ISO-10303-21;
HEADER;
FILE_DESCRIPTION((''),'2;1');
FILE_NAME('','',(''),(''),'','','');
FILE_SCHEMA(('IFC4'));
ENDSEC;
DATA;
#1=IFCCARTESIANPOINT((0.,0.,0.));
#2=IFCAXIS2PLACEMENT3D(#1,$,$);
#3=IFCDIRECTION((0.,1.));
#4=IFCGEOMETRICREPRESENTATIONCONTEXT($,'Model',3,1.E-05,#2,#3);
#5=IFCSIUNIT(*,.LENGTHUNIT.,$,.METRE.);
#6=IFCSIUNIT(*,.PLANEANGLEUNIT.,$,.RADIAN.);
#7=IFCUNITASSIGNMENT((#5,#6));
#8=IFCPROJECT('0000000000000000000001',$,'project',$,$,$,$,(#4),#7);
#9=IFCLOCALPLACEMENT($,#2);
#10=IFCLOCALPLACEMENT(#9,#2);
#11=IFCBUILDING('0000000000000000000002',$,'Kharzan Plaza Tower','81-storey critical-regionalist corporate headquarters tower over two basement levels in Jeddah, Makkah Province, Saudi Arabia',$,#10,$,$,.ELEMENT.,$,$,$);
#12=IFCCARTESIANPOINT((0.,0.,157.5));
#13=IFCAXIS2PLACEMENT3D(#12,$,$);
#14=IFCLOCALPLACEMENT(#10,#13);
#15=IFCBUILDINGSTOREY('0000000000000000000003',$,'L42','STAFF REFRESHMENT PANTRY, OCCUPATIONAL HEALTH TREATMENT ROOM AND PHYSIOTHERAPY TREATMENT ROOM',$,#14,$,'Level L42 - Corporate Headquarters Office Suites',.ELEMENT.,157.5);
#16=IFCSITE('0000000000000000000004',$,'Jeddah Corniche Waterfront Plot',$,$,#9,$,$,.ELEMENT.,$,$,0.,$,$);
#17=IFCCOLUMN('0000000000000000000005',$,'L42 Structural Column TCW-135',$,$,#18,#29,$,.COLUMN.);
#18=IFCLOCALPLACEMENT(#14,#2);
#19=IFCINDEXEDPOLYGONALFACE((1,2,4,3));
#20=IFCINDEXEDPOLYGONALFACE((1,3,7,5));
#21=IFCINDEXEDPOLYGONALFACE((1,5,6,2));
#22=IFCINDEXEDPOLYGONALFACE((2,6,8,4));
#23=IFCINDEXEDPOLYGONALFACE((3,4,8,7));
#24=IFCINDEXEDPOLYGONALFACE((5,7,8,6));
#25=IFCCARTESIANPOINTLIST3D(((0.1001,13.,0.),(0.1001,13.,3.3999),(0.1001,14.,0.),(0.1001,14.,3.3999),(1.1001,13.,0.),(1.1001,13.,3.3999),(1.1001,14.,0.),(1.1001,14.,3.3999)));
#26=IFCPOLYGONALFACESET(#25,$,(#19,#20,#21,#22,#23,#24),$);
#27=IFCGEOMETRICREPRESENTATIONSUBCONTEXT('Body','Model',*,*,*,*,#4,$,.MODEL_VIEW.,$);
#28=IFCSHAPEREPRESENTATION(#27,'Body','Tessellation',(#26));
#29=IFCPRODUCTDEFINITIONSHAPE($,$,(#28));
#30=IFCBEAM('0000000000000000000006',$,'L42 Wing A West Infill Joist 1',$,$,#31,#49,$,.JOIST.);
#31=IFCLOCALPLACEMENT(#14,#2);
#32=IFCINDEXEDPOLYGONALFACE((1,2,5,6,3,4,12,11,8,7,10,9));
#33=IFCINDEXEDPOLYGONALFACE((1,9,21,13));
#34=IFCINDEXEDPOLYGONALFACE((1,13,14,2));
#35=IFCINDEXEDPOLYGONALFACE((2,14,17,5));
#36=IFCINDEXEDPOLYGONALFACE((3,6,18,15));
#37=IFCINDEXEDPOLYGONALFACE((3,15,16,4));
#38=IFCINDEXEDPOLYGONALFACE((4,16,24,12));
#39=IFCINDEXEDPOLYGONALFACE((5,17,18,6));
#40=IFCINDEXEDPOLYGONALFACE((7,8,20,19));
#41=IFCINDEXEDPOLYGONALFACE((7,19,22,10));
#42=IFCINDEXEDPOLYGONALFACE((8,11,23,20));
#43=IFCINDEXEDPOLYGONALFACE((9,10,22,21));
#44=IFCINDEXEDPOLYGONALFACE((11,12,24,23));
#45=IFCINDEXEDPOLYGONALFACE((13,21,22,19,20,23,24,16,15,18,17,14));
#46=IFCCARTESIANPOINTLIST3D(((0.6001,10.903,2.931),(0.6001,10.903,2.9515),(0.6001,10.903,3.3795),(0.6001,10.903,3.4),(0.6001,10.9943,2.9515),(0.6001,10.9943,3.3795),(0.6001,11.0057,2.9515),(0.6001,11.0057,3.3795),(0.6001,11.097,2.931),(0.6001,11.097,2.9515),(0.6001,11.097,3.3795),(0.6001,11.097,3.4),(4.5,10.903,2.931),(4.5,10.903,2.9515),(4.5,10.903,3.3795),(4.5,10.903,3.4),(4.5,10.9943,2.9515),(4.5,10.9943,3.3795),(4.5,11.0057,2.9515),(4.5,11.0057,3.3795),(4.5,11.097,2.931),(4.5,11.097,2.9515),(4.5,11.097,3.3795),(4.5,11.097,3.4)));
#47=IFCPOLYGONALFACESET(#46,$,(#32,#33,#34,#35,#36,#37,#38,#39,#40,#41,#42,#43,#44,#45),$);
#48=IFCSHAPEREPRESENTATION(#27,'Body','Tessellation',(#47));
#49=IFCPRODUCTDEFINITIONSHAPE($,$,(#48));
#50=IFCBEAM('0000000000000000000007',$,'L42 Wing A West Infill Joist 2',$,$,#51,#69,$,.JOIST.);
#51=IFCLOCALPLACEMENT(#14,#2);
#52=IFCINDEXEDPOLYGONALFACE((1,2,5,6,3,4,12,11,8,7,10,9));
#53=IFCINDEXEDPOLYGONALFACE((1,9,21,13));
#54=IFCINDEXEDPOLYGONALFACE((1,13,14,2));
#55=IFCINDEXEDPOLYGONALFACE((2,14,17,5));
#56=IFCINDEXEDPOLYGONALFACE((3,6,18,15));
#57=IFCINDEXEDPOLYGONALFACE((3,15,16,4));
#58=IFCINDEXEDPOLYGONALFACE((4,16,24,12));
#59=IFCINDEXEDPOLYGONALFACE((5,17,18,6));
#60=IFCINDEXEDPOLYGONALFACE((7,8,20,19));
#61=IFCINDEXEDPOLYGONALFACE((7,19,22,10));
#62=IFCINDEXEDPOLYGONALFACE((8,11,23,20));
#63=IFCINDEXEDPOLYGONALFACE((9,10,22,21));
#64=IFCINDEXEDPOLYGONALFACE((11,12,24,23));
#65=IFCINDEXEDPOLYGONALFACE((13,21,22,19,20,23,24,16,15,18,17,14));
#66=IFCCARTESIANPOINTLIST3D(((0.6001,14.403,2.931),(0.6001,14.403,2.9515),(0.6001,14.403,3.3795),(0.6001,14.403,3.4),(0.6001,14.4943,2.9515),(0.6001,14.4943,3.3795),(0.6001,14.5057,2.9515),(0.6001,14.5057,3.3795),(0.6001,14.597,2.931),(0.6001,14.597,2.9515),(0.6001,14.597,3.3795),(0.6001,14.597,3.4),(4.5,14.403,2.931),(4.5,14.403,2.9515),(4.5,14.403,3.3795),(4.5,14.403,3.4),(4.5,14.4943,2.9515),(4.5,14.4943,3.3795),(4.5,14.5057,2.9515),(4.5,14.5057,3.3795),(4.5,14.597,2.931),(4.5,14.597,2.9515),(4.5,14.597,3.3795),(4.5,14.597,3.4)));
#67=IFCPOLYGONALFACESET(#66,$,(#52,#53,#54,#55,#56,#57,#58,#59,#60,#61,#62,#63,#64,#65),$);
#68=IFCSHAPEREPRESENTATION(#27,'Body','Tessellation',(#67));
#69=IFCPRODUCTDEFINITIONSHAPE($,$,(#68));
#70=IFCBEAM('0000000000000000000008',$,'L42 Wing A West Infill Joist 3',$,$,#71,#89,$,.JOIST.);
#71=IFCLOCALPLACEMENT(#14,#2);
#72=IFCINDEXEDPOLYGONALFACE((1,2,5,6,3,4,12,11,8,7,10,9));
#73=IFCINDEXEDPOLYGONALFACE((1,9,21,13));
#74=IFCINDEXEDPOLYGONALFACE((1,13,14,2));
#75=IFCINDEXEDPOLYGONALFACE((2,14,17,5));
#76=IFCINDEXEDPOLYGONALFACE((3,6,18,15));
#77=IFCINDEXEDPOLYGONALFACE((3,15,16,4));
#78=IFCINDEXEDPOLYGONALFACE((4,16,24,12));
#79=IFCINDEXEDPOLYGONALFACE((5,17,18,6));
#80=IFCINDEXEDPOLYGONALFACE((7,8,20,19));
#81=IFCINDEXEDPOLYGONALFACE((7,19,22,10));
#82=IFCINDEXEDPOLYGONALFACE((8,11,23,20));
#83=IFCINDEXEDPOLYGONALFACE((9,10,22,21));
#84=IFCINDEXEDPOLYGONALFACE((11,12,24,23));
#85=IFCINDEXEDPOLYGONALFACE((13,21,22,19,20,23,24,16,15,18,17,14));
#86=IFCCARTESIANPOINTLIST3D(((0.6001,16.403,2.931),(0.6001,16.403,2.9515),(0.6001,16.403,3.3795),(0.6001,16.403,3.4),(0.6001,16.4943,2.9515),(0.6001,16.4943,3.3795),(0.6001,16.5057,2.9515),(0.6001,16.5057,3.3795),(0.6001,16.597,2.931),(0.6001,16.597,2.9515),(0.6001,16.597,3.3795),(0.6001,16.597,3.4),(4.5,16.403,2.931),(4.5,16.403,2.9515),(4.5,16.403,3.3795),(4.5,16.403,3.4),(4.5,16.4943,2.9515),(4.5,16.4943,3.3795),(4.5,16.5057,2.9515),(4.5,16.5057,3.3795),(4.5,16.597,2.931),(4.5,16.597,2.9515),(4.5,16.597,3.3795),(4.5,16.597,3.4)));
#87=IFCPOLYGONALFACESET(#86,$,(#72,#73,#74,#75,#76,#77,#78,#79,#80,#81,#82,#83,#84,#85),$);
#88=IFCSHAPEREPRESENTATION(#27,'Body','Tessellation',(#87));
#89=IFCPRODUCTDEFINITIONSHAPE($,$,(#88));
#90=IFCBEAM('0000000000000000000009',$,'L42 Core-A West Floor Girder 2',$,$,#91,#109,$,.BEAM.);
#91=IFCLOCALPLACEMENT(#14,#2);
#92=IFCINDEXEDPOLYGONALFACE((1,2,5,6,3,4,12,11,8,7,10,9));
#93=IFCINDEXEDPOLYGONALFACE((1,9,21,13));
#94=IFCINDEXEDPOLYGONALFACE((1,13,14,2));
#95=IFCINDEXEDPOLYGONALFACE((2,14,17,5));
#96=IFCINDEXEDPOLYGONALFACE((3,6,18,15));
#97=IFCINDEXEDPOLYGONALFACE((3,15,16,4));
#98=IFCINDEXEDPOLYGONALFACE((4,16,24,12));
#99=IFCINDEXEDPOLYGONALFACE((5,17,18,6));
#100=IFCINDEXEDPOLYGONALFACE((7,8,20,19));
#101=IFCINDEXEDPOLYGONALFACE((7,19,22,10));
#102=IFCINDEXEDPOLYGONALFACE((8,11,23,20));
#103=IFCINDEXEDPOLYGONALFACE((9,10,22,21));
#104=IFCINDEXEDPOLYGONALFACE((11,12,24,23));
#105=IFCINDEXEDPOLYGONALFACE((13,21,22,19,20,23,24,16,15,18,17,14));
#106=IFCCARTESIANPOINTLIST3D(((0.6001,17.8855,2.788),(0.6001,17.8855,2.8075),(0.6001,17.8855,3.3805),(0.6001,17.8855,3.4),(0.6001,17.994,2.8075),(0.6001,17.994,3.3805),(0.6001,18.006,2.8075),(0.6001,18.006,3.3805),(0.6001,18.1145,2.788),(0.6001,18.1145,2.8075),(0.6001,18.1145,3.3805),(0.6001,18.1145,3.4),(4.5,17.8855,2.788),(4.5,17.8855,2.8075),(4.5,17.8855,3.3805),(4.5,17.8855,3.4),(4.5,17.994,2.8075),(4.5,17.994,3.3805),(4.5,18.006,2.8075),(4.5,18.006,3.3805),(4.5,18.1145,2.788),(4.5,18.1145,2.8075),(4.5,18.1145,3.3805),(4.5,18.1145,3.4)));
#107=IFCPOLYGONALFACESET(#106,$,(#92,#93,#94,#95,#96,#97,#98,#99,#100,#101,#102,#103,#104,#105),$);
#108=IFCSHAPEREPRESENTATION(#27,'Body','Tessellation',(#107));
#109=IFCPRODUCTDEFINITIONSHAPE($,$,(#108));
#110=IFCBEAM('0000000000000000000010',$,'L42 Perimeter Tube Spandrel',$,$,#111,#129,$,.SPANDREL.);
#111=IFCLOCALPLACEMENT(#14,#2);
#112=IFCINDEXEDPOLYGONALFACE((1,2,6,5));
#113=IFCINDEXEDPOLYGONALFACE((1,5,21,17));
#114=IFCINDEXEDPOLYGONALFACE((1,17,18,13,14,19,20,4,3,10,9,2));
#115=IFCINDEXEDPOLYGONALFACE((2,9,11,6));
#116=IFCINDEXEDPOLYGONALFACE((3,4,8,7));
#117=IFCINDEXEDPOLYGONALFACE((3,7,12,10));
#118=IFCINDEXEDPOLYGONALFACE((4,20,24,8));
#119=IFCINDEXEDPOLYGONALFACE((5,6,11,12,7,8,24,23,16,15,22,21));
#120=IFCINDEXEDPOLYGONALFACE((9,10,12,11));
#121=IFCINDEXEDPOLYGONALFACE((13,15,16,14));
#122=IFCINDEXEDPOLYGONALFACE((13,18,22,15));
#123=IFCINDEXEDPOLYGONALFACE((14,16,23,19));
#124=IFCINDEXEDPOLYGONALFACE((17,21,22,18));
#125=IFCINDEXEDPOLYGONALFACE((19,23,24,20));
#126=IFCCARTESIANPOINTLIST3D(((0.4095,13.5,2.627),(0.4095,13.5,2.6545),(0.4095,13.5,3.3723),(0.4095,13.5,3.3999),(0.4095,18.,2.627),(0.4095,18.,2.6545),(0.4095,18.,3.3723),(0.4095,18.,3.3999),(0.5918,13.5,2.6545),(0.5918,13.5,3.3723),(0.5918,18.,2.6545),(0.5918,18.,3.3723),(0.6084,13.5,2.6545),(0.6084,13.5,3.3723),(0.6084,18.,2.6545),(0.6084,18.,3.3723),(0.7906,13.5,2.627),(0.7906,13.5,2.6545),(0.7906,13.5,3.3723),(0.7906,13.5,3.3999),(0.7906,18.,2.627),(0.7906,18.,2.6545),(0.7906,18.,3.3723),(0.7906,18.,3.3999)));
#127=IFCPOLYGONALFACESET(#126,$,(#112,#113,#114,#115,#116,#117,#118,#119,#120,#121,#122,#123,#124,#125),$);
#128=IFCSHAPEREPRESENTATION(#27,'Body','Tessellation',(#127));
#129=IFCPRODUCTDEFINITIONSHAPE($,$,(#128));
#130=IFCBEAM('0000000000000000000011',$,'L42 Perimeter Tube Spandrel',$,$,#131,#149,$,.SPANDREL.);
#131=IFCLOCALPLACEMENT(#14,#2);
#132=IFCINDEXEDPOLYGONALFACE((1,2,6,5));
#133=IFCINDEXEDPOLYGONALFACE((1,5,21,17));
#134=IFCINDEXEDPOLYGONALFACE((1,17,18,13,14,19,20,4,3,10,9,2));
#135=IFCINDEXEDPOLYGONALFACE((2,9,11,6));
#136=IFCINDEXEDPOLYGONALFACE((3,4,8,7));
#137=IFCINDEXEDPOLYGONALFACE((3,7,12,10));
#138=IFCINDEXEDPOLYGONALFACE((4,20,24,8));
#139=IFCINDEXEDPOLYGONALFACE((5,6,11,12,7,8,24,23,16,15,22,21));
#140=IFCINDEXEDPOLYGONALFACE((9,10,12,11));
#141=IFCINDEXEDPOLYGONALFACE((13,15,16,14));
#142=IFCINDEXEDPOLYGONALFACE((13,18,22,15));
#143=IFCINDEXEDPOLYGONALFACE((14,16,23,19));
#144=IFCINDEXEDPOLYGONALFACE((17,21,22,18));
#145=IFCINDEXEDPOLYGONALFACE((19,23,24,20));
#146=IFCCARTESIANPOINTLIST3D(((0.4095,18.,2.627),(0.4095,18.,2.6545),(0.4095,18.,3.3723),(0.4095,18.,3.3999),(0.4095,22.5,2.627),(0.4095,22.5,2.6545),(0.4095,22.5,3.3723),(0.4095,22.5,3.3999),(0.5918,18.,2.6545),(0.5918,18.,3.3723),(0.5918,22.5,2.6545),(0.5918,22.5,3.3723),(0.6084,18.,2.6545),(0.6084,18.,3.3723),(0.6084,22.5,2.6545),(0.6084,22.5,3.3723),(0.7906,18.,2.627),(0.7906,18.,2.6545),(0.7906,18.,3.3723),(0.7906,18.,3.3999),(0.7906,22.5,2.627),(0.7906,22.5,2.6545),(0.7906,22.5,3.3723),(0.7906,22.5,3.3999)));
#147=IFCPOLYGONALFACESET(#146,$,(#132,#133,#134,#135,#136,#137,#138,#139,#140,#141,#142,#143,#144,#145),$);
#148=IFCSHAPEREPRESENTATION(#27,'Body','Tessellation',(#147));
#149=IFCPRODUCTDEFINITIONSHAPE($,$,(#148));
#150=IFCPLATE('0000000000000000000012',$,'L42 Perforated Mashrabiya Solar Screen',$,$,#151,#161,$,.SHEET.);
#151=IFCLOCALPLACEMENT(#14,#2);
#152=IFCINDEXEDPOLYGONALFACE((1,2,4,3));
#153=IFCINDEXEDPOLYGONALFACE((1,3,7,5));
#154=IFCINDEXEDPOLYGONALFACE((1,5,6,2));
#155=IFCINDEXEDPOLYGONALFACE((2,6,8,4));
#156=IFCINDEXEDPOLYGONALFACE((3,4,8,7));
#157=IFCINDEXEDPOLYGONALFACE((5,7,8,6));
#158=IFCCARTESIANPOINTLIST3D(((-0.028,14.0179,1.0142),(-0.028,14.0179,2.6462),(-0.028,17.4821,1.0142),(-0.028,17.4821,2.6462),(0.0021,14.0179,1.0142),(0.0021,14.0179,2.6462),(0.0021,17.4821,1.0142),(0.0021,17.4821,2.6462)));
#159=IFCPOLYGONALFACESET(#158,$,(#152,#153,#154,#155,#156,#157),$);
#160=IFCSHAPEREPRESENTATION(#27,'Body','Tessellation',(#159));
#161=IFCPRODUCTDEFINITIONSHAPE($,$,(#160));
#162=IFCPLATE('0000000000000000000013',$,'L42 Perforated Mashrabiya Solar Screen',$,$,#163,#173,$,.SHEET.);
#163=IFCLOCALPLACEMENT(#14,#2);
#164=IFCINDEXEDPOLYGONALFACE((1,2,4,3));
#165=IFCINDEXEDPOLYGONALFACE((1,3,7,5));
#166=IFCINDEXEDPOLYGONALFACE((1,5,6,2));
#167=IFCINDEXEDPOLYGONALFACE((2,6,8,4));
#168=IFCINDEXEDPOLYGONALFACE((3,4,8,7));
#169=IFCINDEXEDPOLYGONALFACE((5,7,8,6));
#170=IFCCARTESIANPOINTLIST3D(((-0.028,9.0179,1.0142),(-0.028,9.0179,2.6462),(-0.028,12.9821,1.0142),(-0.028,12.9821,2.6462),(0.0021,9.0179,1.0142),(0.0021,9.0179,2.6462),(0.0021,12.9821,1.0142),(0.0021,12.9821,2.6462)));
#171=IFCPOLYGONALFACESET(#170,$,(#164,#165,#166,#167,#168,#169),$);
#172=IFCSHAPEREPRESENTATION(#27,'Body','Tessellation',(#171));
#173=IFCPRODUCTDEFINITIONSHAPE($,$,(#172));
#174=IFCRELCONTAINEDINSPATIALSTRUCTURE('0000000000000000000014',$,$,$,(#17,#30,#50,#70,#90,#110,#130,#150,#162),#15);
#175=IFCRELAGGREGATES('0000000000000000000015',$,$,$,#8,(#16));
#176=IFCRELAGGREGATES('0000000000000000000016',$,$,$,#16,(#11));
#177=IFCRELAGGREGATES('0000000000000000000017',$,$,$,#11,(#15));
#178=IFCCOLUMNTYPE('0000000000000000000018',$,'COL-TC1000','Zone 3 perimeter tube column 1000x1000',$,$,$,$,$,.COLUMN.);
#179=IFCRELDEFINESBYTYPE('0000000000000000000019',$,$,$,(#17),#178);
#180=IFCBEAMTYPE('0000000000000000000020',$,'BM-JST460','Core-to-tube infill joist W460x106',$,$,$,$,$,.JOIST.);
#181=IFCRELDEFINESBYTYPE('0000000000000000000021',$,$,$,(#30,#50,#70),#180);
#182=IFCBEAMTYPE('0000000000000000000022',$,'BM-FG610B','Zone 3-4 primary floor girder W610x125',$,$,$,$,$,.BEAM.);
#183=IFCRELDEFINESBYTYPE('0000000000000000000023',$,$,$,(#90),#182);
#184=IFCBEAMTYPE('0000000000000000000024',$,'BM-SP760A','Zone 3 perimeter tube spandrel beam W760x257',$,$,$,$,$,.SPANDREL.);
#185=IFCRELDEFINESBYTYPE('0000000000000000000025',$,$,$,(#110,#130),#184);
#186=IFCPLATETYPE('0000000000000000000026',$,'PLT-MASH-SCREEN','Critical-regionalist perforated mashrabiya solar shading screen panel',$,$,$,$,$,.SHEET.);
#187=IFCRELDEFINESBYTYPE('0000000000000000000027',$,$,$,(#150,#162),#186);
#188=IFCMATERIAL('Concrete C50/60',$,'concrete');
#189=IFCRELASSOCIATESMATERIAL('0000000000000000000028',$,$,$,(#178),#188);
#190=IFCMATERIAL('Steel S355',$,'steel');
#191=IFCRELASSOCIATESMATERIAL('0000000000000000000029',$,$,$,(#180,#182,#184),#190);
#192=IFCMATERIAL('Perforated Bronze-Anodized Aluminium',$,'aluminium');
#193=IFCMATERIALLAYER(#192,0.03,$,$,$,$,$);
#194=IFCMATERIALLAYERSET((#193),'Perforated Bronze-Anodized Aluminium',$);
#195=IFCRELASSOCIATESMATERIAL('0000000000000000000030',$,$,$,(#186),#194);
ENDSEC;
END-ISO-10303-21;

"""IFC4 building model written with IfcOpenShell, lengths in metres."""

from ifc_helpers import new_model, si_unit, direction, frame, origin, origin_2d, place, context, subcontext, project, spatial, rectangle, i_section, extrude, source, transform, mapped, material, layer, layer_set, material_profile, profile_set, type_object, element, save


model = new_model("IFC4")

# Units and contexts
model_context = context("Model", 3, precision=1e-05, world=origin(), true_north=direction((0.0, 1.0)))
body_context = subcontext(model_context, "Body", "Model", "MODEL_VIEW")
ifc_project = project(units=[si_unit("LENGTHUNIT", "METRE"), si_unit("PLANEANGLEUNIT", "RADIAN")], contexts=[model_context])

# Site, building, storey
site_placement = place(None, origin())
site = spatial("IfcSite", under=ifc_project, at=site_placement, Name="Jeddah Corniche Waterfront Plot", CompositionType="ELEMENT", RefElevation=0.0)
building_placement = place(site_placement, origin())
building = spatial("IfcBuilding", under=site, at=building_placement, Name="Kharzan Plaza Tower", Description="81-storey critical-regionalist corporate headquarters tower over two basement levels in Jeddah, Makkah Province, Saudi Arabia", CompositionType="ELEMENT")
storey_placement = place(building_placement, frame((0.0, 0.0, 157.5)))
storey = spatial("IfcBuildingStorey", under=building, at=storey_placement, Name="L42", Description="STAFF REFRESHMENT PANTRY, OCCUPATIONAL HEALTH TREATMENT ROOM AND PHYSIOTHERAPY TREATMENT ROOM", LongName="Level L42 - Corporate Headquarters Office Suites", CompositionType="ELEMENT", Elevation=157.5)

# Column
ifc_material_1 = material(Name="Concrete C50/60", Category="concrete")
ifc_material_profile_1 = material_profile(ifc_material_1, rectangle(XDim=1.0, YDim=1.0, at=origin_2d()), Name="RC-TC1000x1000")
ifc_profile_set_1 = profile_set([ifc_material_profile_1], Name="Concrete C50/60")
column_type = type_object("IfcColumnType", Name="COL-TC1000", Description="Zone 3 perimeter tube column 1000x1000", PredefinedType="COLUMN", material=ifc_profile_set_1)
shared_shape_1 = source(origin(), body_context, "Body", "SweptSolid", [
    extrude(rectangle(XDim=1.0, YDim=1.0, at=origin_2d()), origin(), (0.0, 0.0, 1.0), 3.3999),
])
column_placement = place(storey_placement, frame((0.6001, 13.5, 0.0), z_axis=(0.0, 0.0, 1.0), x_axis=(1.0, 0.0, 0.0)))
element("IfcColumn", 1, at=column_placement, inside=storey, type_object=column_type, Name="L42 Structural Column TCW-135", PredefinedType="COLUMN", context=body_context, shape_type="MappedRepresentation", body=[
    mapped(shared_shape_1, transform((0.0, 0.0, 0.0), x_axis=(1.0, 0.0, 0.0), y_axis=(0.0, 1.0, 0.0), z_axis=(0.0, 0.0, 1.0))),
])

# Beams
ifc_material_2 = material(Name="Steel S355", Category="steel")
ifc_material_profile_2 = material_profile(ifc_material_2, i_section(OverallWidth=0.1941, OverallDepth=0.469, WebThickness=0.0115, FlangeThickness=0.0205, at=origin_2d()), Name="W460x106")
ifc_profile_set_2 = profile_set([ifc_material_profile_2], Name="Steel S355")
beam_type_1 = type_object("IfcBeamType", Name="BM-JST460", Description="Core-to-tube infill joist W460x106", PredefinedType="JOIST", material=ifc_profile_set_2)
shared_shape_2 = source(origin(), body_context, "Body", "SweptSolid", [
    extrude(i_section(OverallWidth=0.1941, OverallDepth=0.469, WebThickness=0.0115, FlangeThickness=0.0205, at=origin_2d()), origin(), (0.0, 0.0, 1.0), 3.8999),
])
for number, where, z_axis, x_axis, name in (
    (2, (0.6001, 11.0, 3.1655), (1.0, 0.0, 0.0), (0.0, 1.0, 0.0), "L42 Wing A West Infill Joist 1"),
    (3, (0.6001, 14.5, 3.1655), (1.0, 0.0, 0.0), (0.0, 1.0, 0.0), "L42 Wing A West Infill Joist 2"),
    (4, (0.6001, 16.5, 3.1655), (1.0, 0.0, 0.0), (0.0, 1.0, 0.0), "L42 Wing A West Infill Joist 3"),
):
    element("IfcBeam", number, at=place(storey_placement, frame(where, z_axis=z_axis, x_axis=x_axis)), inside=storey, type_object=beam_type_1, Name=name, PredefinedType="JOIST", context=body_context, shape_type="MappedRepresentation", body=[
        mapped(shared_shape_2, transform((0.0, 0.0, 0.0), x_axis=(1.0, 0.0, 0.0), y_axis=(0.0, 1.0, 0.0), z_axis=(0.0, 0.0, 1.0))),
    ])
ifc_material_profile_3 = material_profile(ifc_material_2, i_section(OverallWidth=0.229, OverallDepth=0.6121, WebThickness=0.012, FlangeThickness=0.0195, at=origin_2d()), Name="W610x125")
ifc_profile_set_3 = profile_set([ifc_material_profile_3], Name="Steel S355")
beam_type_2 = type_object("IfcBeamType", Name="BM-FG610B", Description="Zone 3-4 primary floor girder W610x125", PredefinedType="BEAM", material=ifc_profile_set_3)
shared_shape_3 = source(origin(), body_context, "Body", "SweptSolid", [
    extrude(i_section(OverallWidth=0.229, OverallDepth=0.6121, WebThickness=0.012, FlangeThickness=0.0195, at=origin_2d()), origin(), (0.0, 0.0, 1.0), 3.8999),
])
beam_placement = place(storey_placement, frame((0.6001, 18.0, 3.094), z_axis=(1.0, 0.0, 0.0), x_axis=(0.0, 1.0, 0.0)))
element("IfcBeam", 5, at=beam_placement, inside=storey, type_object=beam_type_2, Name="L42 Core-A West Floor Girder 2", PredefinedType="BEAM", context=body_context, shape_type="MappedRepresentation", body=[
    mapped(shared_shape_3, transform((0.0, 0.0, 0.0), x_axis=(1.0, 0.0, 0.0), y_axis=(0.0, 1.0, 0.0), z_axis=(0.0, 0.0, 1.0))),
])
ifc_material_profile_4 = material_profile(ifc_material_2, i_section(OverallWidth=0.3811, OverallDepth=0.7729, WebThickness=0.0166, FlangeThickness=0.0276, at=origin_2d()), Name="W760x257")
ifc_profile_set_4 = profile_set([ifc_material_profile_4], Name="Steel S355")
beam_type_3 = type_object("IfcBeamType", Name="BM-SP760A", Description="Zone 3 perimeter tube spandrel beam W760x257", PredefinedType="SPANDREL", material=ifc_profile_set_4)
shared_shape_4 = source(origin(), body_context, "Body", "SweptSolid", [
    extrude(i_section(OverallWidth=0.3811, OverallDepth=0.7729, WebThickness=0.0166, FlangeThickness=0.0276, at=origin_2d()), origin(), (0.0, 0.0, 1.0), 4.5),
])
for number, where, z_axis, x_axis, name in (
    (6, (0.6001, 13.5, 3.0134), (0.0, 1.0, 0.0), (-1.0, 0.0, 0.0), "L42 Perimeter Tube Spandrel"),
    (7, (0.6001, 18.0, 3.0134), (0.0, 1.0, 0.0), (-1.0, 0.0, 0.0), "L42 Perimeter Tube Spandrel"),
):
    element("IfcBeam", number, at=place(storey_placement, frame(where, z_axis=z_axis, x_axis=x_axis)), inside=storey, type_object=beam_type_3, Name=name, PredefinedType="SPANDREL", context=body_context, shape_type="MappedRepresentation", body=[
        mapped(shared_shape_4, transform((0.0, 0.0, 0.0), x_axis=(1.0, 0.0, 0.0), y_axis=(0.0, 1.0, 0.0), z_axis=(0.0, 0.0, 1.0))),
    ])

# Plates
ifc_material_3 = material(Name="Perforated Bronze-Anodized Aluminium", Category="aluminium")
ifc_layer_1 = layer(ifc_material_3, 0.03)
ifc_layer_set_1 = layer_set([ifc_layer_1], Name="Perforated Bronze-Anodized Aluminium")
plate_type = type_object("IfcPlateType", Name="PLT-MASH-SCREEN", Description="Critical-regionalist perforated mashrabiya solar shading screen panel", PredefinedType="SHEET", material=ifc_layer_set_1)
shared_shape_5 = source(origin(), body_context, "Body", "SweptSolid", [
    extrude(rectangle(XDim=3.4641, YDim=0.03, at=origin_2d()), origin(), (0.0, 0.0, 1.0), 1.6321),
])
plate_1_placement = place(storey_placement, frame((-0.0129, 15.75, 1.0142), z_axis=(0.0, 0.0, 1.0), x_axis=(0.0, -1.0, 0.0)))
element("IfcPlate", 8, at=plate_1_placement, inside=storey, type_object=plate_type, Name="L42 Perforated Mashrabiya Solar Screen", PredefinedType="SHEET", context=body_context, shape_type="MappedRepresentation", body=[
    mapped(shared_shape_5, transform((0.0, 0.0, 0.0), x_axis=(1.0, 0.0, 0.0), y_axis=(0.0, 1.0, 0.0), z_axis=(0.0, 0.0, 1.0))),
])
shared_shape_6 = source(origin(), body_context, "Body", "SweptSolid", [
    extrude(rectangle(XDim=3.9641, YDim=0.03, at=origin_2d()), origin(), (0.0, 0.0, 1.0), 1.6321),
])
plate_2_placement = place(storey_placement, frame((-0.0129, 11.0, 1.0142), z_axis=(0.0, 0.0, 1.0), x_axis=(0.0, -1.0, 0.0)))
element("IfcPlate", 9, at=plate_2_placement, inside=storey, type_object=plate_type, Name="L42 Perforated Mashrabiya Solar Screen", PredefinedType="SHEET", context=body_context, shape_type="MappedRepresentation", body=[
    mapped(shared_shape_6, transform((0.0, 0.0, 0.0), x_axis=(1.0, 0.0, 0.0), y_axis=(0.0, 1.0, 0.0), z_axis=(0.0, 0.0, 1.0))),
])

save(model, "model.ifc")
